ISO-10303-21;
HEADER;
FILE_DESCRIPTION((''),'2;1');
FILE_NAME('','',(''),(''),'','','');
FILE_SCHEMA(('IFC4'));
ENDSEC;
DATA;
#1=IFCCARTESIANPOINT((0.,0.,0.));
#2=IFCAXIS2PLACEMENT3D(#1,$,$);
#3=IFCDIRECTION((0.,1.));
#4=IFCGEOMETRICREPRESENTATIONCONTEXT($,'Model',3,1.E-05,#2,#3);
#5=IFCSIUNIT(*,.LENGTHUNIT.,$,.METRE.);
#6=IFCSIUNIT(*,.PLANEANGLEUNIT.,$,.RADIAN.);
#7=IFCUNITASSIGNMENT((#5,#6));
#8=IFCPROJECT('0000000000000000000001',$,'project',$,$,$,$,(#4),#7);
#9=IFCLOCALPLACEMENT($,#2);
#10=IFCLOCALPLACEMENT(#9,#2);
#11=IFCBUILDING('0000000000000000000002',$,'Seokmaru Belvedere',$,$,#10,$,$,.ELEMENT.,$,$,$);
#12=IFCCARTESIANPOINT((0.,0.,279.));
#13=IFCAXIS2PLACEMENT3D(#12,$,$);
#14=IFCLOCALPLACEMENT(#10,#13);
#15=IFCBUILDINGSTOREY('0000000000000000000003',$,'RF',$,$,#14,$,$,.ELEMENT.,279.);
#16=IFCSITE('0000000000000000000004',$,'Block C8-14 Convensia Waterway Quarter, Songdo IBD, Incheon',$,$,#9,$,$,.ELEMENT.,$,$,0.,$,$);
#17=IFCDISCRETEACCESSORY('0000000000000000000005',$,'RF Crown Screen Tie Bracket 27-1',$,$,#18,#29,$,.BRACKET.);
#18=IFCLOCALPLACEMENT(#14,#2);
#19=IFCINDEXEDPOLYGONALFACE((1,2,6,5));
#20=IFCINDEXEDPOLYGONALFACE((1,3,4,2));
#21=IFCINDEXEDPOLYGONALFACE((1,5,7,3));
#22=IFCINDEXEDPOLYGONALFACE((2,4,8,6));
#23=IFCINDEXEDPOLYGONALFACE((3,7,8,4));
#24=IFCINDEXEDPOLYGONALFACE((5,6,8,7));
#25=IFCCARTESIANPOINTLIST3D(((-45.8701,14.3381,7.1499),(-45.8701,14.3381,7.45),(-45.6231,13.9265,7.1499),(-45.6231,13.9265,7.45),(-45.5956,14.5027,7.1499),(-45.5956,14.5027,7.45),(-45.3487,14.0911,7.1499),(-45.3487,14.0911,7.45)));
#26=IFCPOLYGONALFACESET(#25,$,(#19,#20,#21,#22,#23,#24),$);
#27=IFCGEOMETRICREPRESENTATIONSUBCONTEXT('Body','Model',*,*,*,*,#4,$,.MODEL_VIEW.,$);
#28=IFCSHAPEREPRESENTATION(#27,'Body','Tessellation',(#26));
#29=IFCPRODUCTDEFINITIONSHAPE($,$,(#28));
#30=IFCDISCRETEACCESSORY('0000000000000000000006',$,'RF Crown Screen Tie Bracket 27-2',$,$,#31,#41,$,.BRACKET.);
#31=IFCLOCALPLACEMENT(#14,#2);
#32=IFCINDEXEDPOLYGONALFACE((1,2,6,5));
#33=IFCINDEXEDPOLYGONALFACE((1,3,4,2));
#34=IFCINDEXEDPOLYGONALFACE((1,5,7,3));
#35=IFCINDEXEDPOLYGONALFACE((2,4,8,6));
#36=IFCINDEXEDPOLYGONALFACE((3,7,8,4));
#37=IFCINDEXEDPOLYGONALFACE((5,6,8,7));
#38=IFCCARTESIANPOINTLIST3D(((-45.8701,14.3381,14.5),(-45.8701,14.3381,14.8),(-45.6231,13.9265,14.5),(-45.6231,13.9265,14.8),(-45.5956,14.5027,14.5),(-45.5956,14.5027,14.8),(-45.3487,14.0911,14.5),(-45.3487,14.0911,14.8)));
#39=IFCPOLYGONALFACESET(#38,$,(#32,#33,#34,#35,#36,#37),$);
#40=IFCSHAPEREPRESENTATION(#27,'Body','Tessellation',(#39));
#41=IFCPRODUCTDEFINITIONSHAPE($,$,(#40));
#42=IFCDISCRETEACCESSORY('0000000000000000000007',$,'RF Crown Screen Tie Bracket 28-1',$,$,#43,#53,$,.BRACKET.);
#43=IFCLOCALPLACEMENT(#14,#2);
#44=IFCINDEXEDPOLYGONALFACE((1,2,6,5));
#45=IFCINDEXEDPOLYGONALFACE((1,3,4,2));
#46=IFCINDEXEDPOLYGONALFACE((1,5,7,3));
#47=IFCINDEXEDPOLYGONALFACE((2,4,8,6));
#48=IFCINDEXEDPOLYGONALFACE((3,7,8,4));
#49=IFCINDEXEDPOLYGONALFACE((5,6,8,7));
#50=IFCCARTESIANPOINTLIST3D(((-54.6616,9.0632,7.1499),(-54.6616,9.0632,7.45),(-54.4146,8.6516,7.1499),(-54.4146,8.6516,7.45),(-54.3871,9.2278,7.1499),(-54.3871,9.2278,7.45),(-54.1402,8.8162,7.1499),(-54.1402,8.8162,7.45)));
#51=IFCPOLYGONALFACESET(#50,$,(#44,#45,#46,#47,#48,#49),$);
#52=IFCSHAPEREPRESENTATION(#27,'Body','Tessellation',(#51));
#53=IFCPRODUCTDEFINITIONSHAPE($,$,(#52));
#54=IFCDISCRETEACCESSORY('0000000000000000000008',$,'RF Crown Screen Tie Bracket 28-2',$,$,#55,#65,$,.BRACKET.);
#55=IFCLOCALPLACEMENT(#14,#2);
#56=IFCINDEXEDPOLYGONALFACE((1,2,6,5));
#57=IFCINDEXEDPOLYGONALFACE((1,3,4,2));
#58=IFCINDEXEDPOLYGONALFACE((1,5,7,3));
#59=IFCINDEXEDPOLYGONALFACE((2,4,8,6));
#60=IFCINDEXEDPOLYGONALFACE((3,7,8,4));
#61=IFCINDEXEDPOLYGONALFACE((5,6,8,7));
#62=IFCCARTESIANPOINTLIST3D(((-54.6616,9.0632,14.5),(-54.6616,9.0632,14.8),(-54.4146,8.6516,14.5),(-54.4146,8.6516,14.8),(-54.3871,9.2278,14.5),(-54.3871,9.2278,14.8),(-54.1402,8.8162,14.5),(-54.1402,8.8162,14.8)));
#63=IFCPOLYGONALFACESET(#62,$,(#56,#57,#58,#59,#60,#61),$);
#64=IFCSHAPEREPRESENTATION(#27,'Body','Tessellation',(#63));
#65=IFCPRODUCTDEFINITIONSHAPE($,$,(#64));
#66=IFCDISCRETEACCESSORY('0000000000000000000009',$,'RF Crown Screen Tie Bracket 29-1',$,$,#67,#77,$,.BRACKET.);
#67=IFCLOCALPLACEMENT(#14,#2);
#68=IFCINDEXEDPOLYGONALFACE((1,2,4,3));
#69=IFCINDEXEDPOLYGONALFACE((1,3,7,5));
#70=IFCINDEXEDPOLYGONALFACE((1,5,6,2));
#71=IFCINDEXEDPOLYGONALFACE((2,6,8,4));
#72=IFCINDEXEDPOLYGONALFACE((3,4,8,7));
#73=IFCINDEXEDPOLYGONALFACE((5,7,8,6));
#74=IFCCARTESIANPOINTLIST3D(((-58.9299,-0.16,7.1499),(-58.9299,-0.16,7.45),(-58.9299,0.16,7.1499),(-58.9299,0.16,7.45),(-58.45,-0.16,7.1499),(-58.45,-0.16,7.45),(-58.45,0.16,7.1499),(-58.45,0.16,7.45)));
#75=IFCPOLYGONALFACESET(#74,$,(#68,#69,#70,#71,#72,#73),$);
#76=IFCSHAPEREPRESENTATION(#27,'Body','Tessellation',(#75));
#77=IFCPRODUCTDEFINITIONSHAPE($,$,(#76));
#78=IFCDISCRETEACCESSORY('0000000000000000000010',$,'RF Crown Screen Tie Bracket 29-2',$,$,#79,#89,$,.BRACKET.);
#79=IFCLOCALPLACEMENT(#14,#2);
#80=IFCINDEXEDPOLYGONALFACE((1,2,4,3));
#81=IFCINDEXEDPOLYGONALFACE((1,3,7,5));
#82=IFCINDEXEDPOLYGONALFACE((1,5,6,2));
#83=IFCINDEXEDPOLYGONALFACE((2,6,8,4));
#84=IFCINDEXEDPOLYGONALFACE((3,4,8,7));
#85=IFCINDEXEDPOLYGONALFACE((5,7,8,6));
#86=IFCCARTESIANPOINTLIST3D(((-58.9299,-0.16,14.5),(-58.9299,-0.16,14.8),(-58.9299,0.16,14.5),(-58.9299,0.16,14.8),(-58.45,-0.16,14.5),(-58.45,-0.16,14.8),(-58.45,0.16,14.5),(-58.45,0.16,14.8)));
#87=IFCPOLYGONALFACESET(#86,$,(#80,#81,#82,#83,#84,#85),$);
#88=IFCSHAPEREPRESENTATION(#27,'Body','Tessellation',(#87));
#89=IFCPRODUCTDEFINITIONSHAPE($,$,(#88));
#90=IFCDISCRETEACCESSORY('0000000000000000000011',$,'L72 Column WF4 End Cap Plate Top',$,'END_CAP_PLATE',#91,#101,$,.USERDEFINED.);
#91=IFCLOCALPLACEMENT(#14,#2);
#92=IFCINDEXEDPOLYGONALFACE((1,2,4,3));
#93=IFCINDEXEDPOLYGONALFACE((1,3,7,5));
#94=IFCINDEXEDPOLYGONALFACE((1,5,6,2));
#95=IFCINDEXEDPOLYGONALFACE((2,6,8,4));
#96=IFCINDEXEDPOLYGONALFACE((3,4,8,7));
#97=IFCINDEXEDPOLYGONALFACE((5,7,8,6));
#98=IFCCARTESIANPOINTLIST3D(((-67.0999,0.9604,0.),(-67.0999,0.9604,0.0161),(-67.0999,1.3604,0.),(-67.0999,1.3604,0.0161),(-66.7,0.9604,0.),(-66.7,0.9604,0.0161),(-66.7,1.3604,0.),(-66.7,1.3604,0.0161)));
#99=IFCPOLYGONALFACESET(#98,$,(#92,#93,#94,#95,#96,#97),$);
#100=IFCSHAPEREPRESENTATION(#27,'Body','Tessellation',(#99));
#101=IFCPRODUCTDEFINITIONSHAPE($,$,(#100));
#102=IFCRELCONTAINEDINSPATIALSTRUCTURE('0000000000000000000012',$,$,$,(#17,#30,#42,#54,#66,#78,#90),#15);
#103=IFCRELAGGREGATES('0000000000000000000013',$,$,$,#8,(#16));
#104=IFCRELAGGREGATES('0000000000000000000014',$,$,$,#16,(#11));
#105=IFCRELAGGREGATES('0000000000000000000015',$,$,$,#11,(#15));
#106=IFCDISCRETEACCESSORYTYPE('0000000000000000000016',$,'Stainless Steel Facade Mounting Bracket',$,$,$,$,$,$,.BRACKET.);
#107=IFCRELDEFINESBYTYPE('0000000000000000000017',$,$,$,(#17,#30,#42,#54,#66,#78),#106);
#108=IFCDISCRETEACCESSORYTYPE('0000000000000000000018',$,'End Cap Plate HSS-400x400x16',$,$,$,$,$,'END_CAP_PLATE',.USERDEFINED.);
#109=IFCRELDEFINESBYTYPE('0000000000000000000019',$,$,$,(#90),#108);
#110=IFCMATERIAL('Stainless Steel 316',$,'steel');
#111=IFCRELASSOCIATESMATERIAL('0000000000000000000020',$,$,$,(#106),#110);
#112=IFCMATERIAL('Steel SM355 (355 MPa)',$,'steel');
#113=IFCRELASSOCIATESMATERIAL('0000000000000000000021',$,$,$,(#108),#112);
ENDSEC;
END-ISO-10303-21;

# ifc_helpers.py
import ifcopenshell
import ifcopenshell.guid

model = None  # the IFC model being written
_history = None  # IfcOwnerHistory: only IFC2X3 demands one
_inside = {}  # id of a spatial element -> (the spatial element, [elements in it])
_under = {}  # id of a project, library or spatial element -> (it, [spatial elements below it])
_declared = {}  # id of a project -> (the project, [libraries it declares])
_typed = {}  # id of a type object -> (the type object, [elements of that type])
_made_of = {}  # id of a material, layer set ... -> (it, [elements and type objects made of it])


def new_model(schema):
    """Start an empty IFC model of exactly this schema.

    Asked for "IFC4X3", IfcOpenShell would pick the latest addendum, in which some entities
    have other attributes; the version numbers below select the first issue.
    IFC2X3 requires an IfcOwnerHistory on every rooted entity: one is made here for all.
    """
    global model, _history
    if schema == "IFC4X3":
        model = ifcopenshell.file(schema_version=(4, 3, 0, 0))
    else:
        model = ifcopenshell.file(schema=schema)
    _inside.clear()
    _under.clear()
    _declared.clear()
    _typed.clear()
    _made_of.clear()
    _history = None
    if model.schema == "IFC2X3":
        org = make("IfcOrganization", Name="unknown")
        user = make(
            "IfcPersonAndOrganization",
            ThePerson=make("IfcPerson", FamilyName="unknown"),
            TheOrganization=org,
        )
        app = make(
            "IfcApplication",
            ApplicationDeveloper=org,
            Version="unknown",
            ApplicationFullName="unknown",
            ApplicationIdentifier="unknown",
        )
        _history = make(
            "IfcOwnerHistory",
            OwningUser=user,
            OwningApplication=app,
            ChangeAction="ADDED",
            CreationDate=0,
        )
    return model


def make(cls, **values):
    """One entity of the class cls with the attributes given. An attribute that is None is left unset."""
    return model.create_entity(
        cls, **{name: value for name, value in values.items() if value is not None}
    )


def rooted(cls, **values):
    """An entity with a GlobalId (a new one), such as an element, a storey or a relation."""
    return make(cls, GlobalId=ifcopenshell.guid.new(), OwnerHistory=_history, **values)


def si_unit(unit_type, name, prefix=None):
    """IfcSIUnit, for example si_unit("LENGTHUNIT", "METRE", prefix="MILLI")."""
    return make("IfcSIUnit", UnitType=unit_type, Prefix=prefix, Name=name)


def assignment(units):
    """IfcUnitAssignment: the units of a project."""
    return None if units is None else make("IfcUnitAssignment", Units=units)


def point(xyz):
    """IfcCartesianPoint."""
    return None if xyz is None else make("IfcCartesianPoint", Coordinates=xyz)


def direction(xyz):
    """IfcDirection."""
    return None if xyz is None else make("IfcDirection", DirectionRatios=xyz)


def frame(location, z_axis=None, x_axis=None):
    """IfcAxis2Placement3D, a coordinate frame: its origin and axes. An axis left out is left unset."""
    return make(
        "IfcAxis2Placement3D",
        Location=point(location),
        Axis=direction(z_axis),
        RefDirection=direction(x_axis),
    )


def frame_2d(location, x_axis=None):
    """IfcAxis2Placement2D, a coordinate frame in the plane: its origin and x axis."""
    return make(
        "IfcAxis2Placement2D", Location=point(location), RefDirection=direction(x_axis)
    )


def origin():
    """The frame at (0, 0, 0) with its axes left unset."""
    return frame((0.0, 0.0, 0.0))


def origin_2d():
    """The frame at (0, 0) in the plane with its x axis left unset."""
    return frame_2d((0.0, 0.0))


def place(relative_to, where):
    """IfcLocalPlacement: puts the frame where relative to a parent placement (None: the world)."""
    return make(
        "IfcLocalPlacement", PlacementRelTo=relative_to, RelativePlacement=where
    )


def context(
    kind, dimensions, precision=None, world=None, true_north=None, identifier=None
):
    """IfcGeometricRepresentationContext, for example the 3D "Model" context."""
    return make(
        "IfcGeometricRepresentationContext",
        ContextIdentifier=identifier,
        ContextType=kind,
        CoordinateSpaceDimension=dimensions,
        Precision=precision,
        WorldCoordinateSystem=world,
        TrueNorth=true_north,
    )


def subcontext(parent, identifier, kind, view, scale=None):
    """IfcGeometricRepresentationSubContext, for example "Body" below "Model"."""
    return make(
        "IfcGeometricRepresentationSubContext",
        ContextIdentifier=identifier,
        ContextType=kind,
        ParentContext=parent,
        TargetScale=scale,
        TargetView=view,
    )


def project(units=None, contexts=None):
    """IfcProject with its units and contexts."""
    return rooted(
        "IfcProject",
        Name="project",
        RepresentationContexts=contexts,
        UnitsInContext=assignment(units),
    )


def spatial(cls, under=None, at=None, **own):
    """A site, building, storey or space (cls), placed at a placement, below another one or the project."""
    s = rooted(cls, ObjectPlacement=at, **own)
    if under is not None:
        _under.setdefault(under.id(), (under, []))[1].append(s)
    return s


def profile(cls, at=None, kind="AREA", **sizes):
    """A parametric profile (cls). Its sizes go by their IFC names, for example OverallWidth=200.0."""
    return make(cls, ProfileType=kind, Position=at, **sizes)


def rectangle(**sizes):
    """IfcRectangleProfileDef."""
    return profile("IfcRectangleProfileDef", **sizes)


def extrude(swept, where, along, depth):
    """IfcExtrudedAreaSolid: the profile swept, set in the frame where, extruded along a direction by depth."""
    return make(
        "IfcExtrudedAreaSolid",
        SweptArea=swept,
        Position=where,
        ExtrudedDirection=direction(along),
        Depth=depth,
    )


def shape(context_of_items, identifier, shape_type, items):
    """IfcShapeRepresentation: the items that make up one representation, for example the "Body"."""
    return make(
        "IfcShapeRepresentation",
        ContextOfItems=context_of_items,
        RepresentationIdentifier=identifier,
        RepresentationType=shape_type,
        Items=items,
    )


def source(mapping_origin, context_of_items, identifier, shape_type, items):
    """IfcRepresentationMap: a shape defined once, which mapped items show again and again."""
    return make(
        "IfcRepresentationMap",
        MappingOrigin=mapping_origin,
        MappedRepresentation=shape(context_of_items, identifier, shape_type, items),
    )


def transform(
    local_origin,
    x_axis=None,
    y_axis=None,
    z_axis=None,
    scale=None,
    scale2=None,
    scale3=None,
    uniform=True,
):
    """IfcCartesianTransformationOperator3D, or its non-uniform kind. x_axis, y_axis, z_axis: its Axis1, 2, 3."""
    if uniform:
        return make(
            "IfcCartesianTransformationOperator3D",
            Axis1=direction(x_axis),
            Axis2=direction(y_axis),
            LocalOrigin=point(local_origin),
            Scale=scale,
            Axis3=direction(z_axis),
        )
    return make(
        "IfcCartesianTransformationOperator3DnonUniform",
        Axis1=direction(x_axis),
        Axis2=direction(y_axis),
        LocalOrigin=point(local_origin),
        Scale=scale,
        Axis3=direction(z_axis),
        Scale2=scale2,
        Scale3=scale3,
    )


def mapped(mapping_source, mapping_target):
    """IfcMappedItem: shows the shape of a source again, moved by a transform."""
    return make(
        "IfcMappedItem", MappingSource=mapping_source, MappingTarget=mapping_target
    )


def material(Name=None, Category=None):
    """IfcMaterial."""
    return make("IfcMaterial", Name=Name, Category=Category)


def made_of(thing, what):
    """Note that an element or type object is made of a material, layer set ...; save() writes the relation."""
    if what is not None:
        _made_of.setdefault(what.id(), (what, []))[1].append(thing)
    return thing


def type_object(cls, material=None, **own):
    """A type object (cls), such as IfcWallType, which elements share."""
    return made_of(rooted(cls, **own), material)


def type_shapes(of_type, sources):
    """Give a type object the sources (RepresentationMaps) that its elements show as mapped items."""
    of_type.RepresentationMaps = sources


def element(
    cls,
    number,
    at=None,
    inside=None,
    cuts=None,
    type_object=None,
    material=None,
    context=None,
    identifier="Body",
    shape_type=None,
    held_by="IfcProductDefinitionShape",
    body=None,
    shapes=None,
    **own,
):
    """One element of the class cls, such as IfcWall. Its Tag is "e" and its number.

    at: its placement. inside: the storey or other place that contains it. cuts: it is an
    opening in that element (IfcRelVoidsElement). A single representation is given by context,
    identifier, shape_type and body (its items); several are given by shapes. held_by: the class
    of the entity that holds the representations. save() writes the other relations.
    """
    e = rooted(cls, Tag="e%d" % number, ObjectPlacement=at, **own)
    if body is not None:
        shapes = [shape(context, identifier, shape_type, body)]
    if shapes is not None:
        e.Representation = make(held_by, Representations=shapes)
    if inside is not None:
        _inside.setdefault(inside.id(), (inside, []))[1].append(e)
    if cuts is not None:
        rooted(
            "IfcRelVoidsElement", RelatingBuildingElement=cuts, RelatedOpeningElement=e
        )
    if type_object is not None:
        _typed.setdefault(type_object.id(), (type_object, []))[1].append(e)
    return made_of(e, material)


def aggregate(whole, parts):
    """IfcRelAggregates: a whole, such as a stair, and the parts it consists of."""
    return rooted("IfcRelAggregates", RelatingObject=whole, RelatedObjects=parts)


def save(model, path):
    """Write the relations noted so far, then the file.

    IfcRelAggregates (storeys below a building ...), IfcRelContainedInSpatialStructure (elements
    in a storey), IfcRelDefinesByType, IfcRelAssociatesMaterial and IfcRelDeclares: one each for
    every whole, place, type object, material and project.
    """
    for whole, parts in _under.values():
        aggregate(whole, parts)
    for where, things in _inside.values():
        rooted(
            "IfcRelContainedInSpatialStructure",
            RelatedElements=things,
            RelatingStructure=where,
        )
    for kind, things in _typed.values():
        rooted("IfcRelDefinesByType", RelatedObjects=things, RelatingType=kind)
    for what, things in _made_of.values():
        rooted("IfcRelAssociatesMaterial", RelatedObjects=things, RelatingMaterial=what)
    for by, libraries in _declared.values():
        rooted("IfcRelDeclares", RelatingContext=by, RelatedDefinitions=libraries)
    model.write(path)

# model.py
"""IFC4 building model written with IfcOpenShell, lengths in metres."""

from ifc_helpers import new_model, si_unit, direction, frame, origin, origin_2d, place, context, subcontext, project, spatial, rectangle, extrude, source, transform, mapped, material, type_object, type_shapes, element, save


model = new_model("IFC4")

# Units and contexts
model_context = context("Model", 3, precision=1e-05, world=origin(), true_north=direction((0.0, 1.0)))
body_context = subcontext(model_context, "Body", "Model", "MODEL_VIEW")
ifc_project = project(units=[si_unit("LENGTHUNIT", "METRE"), si_unit("PLANEANGLEUNIT", "RADIAN")], contexts=[model_context])

# Site, building, storey
site_placement = place(None, origin())
site = spatial("IfcSite", under=ifc_project, at=site_placement, Name="Block C8-14 Convensia Waterway Quarter, Songdo IBD, Incheon", CompositionType="ELEMENT", RefElevation=0.0)
building_placement = place(site_placement, origin())
building = spatial("IfcBuilding", under=site, at=building_placement, Name="Seokmaru Belvedere", CompositionType="ELEMENT")
storey_placement = place(building_placement, frame((0.0, 0.0, 279.0)))
storey = spatial("IfcBuildingStorey", under=building, at=storey_placement, Name="RF", CompositionType="ELEMENT", Elevation=279.0)

# Shared definitions
ifc_material_1 = material(Name="Steel SM355 (355 MPa)", Category="steel")

# Discrete accessories
ifc_material_2 = material(Name="Stainless Steel 316", Category="steel")
discrete_accessory_type_1 = type_object("IfcDiscreteAccessoryType", Name="Stainless Steel Facade Mounting Bracket", PredefinedType="BRACKET", material=ifc_material_2)
shared_shape_1 = source(origin(), body_context, "Body", "SweptSolid", [
    extrude(rectangle(XDim=0.3201, YDim=0.48, at=origin_2d()), origin(), (0.0, 0.0, 1.0), 0.3),
])
type_shapes(discrete_accessory_type_1, [shared_shape_1])
for number, where, z_axis, x_axis, name in (
    (1, (-45.6094, 14.2146, 7.1499), (0.0, 0.0, 1.0), (-0.857493, -0.514496, 0.0), "RF Crown Screen Tie Bracket 27-1"),
    (2, (-45.6094, 14.2146, 14.5), (0.0, 0.0, 1.0), (-0.857493, -0.514496, 0.0), "RF Crown Screen Tie Bracket 27-2"),
    (3, (-54.4009, 8.9397, 7.1499), (0.0, 0.0, 1.0), (-0.857493, -0.514496, 0.0), "RF Crown Screen Tie Bracket 28-1"),
    (4, (-54.4009, 8.9397, 14.5), (0.0, 0.0, 1.0), (-0.857493, -0.514496, 0.0), "RF Crown Screen Tie Bracket 28-2"),
    (5, (-58.6899, 0.0, 7.1499), (0.0, 0.0, 1.0), (0.0, -1.0, 0.0), "RF Crown Screen Tie Bracket 29-1"),
    (6, (-58.6899, 0.0, 14.5), (0.0, 0.0, 1.0), (0.0, -1.0, 0.0), "RF Crown Screen Tie Bracket 29-2"),
):
    element("IfcDiscreteAccessory", number, at=place(storey_placement, frame(where, z_axis=z_axis, x_axis=x_axis)), inside=storey, type_object=discrete_accessory_type_1, Name=name, PredefinedType="BRACKET", context=body_context, shape_type="MappedRepresentation", body=[
        mapped(shared_shape_1, transform((0.0, 0.0, 0.0), scale=1.0)),
    ])
discrete_accessory_type_2 = type_object("IfcDiscreteAccessoryType", Name="End Cap Plate HSS-400x400x16", ElementType="END_CAP_PLATE", PredefinedType="USERDEFINED", material=ifc_material_1)
shared_shape_2 = source(origin(), body_context, "Body", "SweptSolid", [
    extrude(rectangle(XDim=0.3999, YDim=0.3999, at=origin_2d()), origin(), (0.0, 0.0, 1.0), 0.0161),
])
type_shapes(discrete_accessory_type_2, [shared_shape_2])
discrete_accessory_placement = place(storey_placement, frame((-66.8999, 1.1604, 0.0), z_axis=(0.0, 0.0, 1.0), x_axis=(1.0, 0.0, 0.0)))
element("IfcDiscreteAccessory", 7, at=discrete_accessory_placement, inside=storey, type_object=discrete_accessory_type_2, Name="L72 Column WF4 End Cap Plate Top", ObjectType="END_CAP_PLATE", PredefinedType="USERDEFINED", context=body_context, shape_type="MappedRepresentation", body=[
    mapped(shared_shape_2, transform((0.0, 0.0, 0.0), scale=1.0)),
])

save(model, "model.ifc")
